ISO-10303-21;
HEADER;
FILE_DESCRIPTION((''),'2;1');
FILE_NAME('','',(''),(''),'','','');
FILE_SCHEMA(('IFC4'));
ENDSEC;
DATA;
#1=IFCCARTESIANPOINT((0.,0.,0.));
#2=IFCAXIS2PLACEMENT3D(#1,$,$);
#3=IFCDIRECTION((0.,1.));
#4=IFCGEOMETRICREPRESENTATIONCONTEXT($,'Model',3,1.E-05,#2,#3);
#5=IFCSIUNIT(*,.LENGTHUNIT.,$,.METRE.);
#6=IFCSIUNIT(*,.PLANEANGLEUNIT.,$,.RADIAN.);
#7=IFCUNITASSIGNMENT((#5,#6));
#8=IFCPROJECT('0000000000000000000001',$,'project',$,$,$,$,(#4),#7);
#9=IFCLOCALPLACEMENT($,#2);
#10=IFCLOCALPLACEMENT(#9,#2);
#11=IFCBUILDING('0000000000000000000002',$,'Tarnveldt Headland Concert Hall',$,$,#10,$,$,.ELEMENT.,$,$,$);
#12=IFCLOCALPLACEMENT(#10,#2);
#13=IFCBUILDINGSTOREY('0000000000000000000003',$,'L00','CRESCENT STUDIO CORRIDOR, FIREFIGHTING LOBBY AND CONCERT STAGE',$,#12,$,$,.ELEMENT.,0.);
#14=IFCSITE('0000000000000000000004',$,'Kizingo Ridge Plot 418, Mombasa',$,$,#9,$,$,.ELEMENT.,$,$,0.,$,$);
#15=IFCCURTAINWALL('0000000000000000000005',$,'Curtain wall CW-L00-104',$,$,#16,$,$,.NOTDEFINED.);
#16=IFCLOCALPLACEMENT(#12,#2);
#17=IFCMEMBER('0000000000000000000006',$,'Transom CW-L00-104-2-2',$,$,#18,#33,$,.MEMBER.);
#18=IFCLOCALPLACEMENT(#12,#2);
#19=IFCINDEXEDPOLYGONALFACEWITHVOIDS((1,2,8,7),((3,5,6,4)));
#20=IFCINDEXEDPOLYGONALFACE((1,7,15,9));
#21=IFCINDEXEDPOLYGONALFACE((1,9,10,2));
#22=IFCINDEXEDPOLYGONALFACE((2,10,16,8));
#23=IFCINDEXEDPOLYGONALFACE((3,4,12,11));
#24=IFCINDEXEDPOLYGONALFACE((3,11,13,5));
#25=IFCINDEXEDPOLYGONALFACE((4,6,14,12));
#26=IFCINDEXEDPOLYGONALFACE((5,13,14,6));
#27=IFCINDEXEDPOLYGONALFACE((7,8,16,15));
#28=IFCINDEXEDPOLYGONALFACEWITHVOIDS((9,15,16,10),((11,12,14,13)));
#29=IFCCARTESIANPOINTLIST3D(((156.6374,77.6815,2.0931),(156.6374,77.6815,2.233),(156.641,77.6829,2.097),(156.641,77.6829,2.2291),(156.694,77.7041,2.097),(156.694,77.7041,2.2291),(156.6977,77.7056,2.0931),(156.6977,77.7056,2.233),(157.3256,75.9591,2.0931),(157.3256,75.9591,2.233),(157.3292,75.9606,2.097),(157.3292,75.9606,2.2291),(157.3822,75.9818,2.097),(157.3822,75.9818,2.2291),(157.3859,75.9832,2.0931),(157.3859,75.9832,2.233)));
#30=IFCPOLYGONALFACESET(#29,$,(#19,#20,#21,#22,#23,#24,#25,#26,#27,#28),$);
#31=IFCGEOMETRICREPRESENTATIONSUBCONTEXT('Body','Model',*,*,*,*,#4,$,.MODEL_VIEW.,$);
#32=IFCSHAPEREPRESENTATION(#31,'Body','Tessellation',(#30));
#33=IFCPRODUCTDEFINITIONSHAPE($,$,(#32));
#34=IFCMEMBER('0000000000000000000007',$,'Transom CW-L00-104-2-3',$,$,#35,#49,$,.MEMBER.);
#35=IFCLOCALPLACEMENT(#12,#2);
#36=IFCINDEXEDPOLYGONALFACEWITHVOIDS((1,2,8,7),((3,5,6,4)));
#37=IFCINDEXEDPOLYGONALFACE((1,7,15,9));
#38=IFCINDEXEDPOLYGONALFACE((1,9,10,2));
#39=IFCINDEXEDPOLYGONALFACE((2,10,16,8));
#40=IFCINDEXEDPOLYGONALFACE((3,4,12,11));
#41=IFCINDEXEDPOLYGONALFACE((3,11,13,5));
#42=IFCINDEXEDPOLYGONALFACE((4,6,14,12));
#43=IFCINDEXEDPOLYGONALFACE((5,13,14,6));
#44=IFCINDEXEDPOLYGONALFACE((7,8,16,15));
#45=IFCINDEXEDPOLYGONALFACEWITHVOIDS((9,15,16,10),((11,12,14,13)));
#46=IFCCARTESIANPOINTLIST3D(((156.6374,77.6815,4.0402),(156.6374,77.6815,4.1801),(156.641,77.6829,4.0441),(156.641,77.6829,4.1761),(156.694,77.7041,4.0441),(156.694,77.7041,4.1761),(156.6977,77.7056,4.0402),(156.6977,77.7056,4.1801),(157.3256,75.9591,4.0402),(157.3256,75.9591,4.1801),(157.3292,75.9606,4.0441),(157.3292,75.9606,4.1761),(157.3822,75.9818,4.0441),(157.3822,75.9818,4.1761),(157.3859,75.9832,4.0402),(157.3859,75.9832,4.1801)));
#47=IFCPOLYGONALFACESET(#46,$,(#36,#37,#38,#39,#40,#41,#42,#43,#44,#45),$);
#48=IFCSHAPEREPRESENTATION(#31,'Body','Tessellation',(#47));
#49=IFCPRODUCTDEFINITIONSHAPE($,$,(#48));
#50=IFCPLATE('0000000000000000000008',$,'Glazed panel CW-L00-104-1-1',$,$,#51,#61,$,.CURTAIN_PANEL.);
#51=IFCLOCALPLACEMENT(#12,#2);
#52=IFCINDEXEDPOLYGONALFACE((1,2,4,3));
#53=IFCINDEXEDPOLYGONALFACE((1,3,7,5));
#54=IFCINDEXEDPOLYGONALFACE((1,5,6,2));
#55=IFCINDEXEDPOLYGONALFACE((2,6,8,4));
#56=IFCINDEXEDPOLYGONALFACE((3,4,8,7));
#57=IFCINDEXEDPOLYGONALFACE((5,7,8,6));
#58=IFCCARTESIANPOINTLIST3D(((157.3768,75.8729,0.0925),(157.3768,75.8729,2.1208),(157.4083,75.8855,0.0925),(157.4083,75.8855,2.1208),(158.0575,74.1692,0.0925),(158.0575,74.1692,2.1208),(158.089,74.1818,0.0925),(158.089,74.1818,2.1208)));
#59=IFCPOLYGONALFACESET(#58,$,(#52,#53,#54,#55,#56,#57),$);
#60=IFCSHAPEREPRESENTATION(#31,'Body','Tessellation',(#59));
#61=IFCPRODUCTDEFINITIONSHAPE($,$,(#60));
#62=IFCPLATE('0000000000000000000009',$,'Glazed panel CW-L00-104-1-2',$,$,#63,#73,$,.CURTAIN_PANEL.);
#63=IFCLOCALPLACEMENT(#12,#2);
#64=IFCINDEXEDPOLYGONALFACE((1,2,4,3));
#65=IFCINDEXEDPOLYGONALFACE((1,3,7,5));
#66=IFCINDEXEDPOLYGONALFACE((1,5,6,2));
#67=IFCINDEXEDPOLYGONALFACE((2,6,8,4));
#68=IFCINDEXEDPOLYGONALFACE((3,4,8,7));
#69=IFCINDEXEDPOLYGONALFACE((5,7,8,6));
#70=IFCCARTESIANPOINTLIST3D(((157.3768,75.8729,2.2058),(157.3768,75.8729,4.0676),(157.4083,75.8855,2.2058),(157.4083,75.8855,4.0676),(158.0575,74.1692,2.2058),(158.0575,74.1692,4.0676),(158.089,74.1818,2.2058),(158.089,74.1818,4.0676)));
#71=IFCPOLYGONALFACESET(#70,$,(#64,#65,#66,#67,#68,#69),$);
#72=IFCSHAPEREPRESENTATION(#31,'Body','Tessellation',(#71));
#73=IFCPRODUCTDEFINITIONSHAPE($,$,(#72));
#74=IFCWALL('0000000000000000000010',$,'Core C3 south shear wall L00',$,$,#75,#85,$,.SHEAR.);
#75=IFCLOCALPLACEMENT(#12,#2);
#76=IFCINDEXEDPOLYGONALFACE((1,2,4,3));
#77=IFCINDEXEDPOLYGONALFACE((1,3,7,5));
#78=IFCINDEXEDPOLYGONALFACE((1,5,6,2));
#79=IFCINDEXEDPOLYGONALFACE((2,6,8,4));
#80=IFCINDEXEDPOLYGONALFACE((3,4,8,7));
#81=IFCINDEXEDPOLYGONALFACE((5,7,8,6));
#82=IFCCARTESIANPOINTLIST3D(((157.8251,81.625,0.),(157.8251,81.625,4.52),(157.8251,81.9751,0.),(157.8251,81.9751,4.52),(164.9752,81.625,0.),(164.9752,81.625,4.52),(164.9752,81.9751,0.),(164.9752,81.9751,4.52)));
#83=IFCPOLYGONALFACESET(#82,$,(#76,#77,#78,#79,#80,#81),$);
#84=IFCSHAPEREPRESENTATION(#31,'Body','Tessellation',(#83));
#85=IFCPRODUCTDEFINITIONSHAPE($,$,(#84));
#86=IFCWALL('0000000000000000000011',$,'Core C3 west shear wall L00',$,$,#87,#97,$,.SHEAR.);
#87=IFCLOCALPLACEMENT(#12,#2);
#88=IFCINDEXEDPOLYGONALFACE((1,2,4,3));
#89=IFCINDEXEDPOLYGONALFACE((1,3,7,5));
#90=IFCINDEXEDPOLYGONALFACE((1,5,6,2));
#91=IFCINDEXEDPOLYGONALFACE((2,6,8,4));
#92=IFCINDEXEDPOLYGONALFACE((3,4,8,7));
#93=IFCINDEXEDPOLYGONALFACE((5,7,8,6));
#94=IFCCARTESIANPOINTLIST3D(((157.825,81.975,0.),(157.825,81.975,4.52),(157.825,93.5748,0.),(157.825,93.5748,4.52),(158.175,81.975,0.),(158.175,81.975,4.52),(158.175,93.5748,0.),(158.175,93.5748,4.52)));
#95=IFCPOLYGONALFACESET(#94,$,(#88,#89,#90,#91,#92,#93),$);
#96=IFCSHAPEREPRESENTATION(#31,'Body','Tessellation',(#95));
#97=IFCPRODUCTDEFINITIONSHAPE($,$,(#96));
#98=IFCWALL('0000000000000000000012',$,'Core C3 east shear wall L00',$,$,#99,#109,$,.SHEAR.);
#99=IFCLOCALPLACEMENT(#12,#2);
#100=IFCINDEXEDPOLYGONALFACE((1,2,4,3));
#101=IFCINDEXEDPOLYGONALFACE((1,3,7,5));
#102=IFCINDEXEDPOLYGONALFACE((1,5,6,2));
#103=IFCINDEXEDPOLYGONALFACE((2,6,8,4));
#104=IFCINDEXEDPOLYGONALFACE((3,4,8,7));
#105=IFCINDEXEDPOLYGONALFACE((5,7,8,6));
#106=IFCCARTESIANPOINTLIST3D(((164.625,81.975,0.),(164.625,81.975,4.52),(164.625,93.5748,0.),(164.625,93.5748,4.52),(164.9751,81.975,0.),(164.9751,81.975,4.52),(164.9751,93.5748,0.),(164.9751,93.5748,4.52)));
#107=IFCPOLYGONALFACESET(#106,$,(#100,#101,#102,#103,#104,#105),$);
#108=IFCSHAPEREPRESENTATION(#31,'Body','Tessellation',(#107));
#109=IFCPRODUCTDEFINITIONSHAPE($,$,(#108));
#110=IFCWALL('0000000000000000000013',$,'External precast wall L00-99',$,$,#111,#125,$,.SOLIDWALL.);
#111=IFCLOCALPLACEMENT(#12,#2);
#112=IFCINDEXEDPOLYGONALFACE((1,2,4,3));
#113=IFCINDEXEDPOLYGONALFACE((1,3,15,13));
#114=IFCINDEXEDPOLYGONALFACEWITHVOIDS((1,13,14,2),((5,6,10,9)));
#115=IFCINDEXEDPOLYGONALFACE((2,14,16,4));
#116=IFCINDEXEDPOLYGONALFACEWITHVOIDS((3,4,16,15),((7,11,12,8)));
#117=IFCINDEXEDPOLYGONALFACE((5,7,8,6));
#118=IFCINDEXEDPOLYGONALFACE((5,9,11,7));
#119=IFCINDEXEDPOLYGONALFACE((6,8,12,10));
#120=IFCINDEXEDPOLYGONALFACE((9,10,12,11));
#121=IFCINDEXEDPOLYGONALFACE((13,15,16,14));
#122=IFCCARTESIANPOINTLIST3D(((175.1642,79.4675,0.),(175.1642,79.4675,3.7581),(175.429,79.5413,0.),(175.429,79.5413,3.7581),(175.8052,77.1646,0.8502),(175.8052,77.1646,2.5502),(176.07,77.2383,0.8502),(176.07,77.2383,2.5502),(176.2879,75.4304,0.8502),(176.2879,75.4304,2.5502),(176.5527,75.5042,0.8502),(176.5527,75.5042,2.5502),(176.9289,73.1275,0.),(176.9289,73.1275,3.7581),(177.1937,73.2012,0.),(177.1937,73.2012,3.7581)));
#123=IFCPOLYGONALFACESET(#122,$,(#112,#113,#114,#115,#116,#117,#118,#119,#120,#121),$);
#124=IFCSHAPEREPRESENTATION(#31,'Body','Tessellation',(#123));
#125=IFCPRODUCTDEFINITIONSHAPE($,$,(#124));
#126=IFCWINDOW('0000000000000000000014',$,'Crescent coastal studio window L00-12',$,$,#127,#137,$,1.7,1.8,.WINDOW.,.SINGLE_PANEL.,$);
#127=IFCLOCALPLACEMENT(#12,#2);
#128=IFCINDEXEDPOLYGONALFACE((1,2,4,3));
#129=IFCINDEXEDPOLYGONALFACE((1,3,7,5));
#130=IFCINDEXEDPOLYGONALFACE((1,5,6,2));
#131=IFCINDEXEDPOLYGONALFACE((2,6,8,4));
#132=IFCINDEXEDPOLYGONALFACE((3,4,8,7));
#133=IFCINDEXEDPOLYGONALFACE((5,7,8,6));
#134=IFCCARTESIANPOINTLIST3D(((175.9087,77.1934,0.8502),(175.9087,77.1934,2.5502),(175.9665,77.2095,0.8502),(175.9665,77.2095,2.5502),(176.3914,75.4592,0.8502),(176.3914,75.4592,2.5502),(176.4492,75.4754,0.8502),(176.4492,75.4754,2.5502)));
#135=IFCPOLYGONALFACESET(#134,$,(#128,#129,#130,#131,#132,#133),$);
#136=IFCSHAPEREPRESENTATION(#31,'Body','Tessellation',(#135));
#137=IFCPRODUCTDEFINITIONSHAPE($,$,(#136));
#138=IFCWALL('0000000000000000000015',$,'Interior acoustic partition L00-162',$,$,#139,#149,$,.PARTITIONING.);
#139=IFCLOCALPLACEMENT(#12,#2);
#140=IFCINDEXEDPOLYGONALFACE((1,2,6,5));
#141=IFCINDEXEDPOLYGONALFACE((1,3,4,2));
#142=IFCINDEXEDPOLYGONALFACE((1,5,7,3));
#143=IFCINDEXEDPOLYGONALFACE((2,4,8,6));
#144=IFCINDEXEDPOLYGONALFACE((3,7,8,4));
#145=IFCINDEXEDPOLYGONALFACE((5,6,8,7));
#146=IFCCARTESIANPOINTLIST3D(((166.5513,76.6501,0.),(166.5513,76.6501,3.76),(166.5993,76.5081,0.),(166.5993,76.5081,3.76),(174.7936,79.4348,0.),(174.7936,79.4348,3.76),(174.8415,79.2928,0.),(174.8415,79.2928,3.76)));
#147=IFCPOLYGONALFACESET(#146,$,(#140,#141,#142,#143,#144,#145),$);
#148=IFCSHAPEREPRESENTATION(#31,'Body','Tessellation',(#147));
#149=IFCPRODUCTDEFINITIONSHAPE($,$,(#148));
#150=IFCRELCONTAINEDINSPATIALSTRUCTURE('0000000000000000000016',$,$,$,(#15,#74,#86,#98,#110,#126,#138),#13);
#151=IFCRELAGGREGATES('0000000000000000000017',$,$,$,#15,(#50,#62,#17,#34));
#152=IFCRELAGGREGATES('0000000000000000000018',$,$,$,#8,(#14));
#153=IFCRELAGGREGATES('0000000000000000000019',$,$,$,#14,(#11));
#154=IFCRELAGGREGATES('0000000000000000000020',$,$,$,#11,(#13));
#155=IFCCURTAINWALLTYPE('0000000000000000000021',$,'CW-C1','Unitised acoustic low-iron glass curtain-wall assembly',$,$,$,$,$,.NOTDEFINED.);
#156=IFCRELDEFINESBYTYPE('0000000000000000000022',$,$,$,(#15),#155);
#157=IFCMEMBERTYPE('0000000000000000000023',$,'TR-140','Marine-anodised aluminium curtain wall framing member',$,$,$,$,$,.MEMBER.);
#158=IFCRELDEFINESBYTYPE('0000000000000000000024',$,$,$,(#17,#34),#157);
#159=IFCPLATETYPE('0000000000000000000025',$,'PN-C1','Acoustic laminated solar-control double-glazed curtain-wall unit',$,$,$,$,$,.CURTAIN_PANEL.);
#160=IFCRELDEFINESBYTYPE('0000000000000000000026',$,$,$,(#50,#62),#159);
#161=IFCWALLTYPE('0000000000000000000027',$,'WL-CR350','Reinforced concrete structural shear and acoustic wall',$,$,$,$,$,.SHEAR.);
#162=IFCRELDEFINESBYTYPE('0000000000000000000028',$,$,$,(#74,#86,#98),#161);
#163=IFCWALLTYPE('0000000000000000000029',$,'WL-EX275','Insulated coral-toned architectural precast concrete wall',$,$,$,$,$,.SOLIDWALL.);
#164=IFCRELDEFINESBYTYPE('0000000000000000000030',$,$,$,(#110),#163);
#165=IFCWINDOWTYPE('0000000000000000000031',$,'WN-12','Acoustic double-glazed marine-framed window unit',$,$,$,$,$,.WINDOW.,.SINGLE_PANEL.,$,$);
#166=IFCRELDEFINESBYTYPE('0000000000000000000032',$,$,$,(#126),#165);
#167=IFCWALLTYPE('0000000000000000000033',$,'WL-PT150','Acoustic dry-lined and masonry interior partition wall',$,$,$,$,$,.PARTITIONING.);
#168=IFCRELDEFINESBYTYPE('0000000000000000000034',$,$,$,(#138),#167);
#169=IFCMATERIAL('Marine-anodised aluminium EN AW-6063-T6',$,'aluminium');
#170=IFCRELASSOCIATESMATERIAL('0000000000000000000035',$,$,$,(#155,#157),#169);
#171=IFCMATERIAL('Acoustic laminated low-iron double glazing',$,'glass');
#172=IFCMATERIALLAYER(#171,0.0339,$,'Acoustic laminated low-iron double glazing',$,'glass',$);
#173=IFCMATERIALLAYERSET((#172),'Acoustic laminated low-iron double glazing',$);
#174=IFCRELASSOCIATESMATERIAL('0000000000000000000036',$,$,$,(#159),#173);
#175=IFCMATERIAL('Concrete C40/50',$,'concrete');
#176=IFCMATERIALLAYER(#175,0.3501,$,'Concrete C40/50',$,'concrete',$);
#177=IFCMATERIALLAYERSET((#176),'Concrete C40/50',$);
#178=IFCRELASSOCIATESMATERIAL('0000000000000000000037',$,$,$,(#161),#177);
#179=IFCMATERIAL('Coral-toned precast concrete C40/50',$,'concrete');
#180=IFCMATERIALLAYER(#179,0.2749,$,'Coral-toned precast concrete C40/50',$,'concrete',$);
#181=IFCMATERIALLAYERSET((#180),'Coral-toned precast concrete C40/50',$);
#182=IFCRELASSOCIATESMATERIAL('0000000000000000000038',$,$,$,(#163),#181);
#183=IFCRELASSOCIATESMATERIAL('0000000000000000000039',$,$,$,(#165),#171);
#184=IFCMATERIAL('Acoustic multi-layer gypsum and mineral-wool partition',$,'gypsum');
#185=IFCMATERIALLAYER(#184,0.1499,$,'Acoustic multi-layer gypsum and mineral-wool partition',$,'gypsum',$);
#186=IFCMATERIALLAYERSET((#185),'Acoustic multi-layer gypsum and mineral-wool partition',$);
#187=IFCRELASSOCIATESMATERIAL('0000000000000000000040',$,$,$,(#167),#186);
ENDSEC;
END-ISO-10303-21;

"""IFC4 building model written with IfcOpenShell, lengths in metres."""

from ifc_helpers import new_model, si_unit, direction, frame, frame_2d, origin, origin_2d, place, context, subcontext, project, spatial, rectangle, hollow_rectangle, extrude, material, layer, layer_set, material_profile, profile_set, type_object, element, fill, aggregate, save


model = new_model("IFC4")

# Units and contexts
model_context = context("Model", 3, precision=1e-05, world=origin(), true_north=direction((0.0, 1.0)))
body_context = subcontext(model_context, "Body", "Model", "MODEL_VIEW")
ifc_project = project(units=[si_unit("LENGTHUNIT", "METRE"), si_unit("PLANEANGLEUNIT", "RADIAN")], contexts=[model_context])

# Site, building, storey
site_placement = place(None, origin())
site = spatial("IfcSite", under=ifc_project, at=site_placement, Name="Kizingo Ridge Plot 418, Mombasa", CompositionType="ELEMENT", RefElevation=0.0)
building_placement = place(site_placement, origin())
building = spatial("IfcBuilding", under=site, at=building_placement, Name="Tarnveldt Headland Concert Hall", CompositionType="ELEMENT")
storey_placement = place(building_placement, origin())
storey = spatial("IfcBuildingStorey", under=building, at=storey_placement, Name="L00", Description="CRESCENT STUDIO CORRIDOR, FIREFIGHTING LOBBY AND CONCERT STAGE", CompositionType="ELEMENT", Elevation=0.0)

# Shared definitions
ifc_material_1 = material(Name="Concrete C40/50", Category="concrete")

# Curtain wall
ifc_material_2 = material(Name="Marine-anodised aluminium EN AW-6063-T6", Category="aluminium")
curtain_wall_type = type_object("IfcCurtainWallType", Name="CW-C1", Description="Unitised acoustic low-iron glass curtain-wall assembly", PredefinedType="NOTDEFINED", material=ifc_material_2)
curtain_wall_placement = place(storey_placement, origin())
curtain_wall = element("IfcCurtainWall", 1, at=curtain_wall_placement, inside=storey, type_object=curtain_wall_type, Name="Curtain wall CW-L00-104", PredefinedType="NOTDEFINED")

# Members
ifc_material_profile_1 = material_profile(ifc_material_2, hollow_rectangle(XDim=0.0649, YDim=0.1399, WallThickness=0.0039, at=origin_2d()), Name="ALU TRANSOM 65x140x4", Category="aluminium")
ifc_profile_set_1 = profile_set([ifc_material_profile_1], Name="Marine-anodised aluminium EN AW-6063-T6")
member_type_1 = type_object("IfcMemberType", Name="TR-140", Description="Marine-anodised aluminium curtain wall framing member", PredefinedType="MEMBER", material=ifc_profile_set_1)
member_1_placement = place(storey_placement, frame((157.3557, 75.9712, 2.1631), z_axis=(-0.37105, 0.928613, 0.0), x_axis=(-0.928613, -0.37105, 0.0)))
member_1 = element("IfcMember", 2, at=member_1_placement, type_object=member_type_1, Name="Transom CW-L00-104-2-2", PredefinedType="MEMBER", context=body_context, shape_type="SweptSolid", body=[
    extrude(hollow_rectangle(XDim=0.0649, YDim=0.1399, WallThickness=0.0039, at=origin_2d()), origin(), (0.0, 0.0, 1.0), 1.8547),
])
member_2_placement = place(storey_placement, frame((157.3557, 75.9712, 4.1101), z_axis=(-0.37105, 0.928613, 0.0), x_axis=(-0.928613, -0.37105, 0.0)))
member_2 = element("IfcMember", 3, at=member_2_placement, type_object=member_type_1, Name="Transom CW-L00-104-2-3", PredefinedType="MEMBER", context=body_context, shape_type="SweptSolid", body=[
    extrude(hollow_rectangle(XDim=0.0649, YDim=0.1399, WallThickness=0.0039, at=origin_2d()), origin(), (0.0, 0.0, 1.0), 1.8547),
])

# Plates
ifc_material_3 = material(Name="Acoustic laminated low-iron double glazing", Category="glass")
ifc_layer_1 = layer(ifc_material_3, 0.0339, Name="Acoustic laminated low-iron double glazing", Category="glass")
ifc_layer_set_1 = layer_set([ifc_layer_1], Name="Acoustic laminated low-iron double glazing")
plate_type = type_object("IfcPlateType", Name="PN-C1", Description="Acoustic laminated solar-control double-glazed curtain-wall unit", PredefinedType="CURTAIN_PANEL", material=ifc_layer_set_1)
plate_1_placement = place(storey_placement, frame((157.7329, 75.0273, 0.0925), z_axis=(0.0, 0.0, 1.0), x_axis=(-0.371028, 0.928622, 0.0)))
plate_1 = element("IfcPlate", 4, at=plate_1_placement, type_object=plate_type, Name="Glazed panel CW-L00-104-1-1", PredefinedType="CURTAIN_PANEL", context=body_context, shape_type="SweptSolid", body=[
    extrude(rectangle(XDim=1.8347, YDim=0.0339, at=origin_2d()), origin(), (0.0, 0.0, 1.0), 2.0283),
])
plate_2_placement = place(storey_placement, frame((157.7329, 75.0273, 2.2058), z_axis=(0.0, 0.0, 1.0), x_axis=(-0.371028, 0.928622, 0.0)))
plate_2 = element("IfcPlate", 5, at=plate_2_placement, type_object=plate_type, Name="Glazed panel CW-L00-104-1-2", PredefinedType="CURTAIN_PANEL", context=body_context, shape_type="SweptSolid", body=[
    extrude(rectangle(XDim=1.8347, YDim=0.0339, at=origin_2d()), origin(), (0.0, 0.0, 1.0), 1.8618),
])
aggregate(curtain_wall, [plate_1, plate_2, member_1, member_2])

# Walls
ifc_layer_2 = layer(ifc_material_1, 0.3501, Name="Concrete C40/50", Category="concrete")
ifc_layer_set_2 = layer_set([ifc_layer_2], Name="Concrete C40/50")
wall_type_1 = type_object("IfcWallType", Name="WL-CR350", Description="Reinforced concrete structural shear and acoustic wall", PredefinedType="SHEAR", material=ifc_layer_set_2)
wall_1_placement = place(storey_placement, frame((157.825, 81.8, 0.0), z_axis=(0.0, 0.0, 1.0), x_axis=(1.0, 0.0, 0.0)))
element("IfcWall", 6, at=wall_1_placement, inside=storey, type_object=wall_type_1, Name="Core C3 south shear wall L00", PredefinedType="SHEAR", context=body_context, shape_type="SweptSolid", body=[
    extrude(rectangle(XDim=7.1501, YDim=0.3501, at=frame_2d((3.5752, 0.0))), origin(), (0.0, 0.0, 1.0), 4.52),
])
for number, where, z_axis, x_axis, name in (
    (7, (158.0, 81.9751, 0.0), (0.0, 0.0, 1.0), (0.0, 1.0, 0.0), "Core C3 west shear wall L00"),
    (8, (164.8, 81.9751, 0.0), (0.0, 0.0, 1.0), (0.0, 1.0, 0.0), "Core C3 east shear wall L00"),
):
    element("IfcWall", number, at=place(storey_placement, frame(where, z_axis=z_axis, x_axis=x_axis)), inside=storey, type_object=wall_type_1, Name=name, PredefinedType="SHEAR", context=body_context, shape_type="SweptSolid", body=[
        extrude(rectangle(XDim=11.5999, YDim=0.3501, at=frame_2d((5.7998, 0.0))), origin(), (0.0, 0.0, 1.0), 4.52),
    ])

# Wall, opening, window
ifc_material_4 = material(Name="Coral-toned precast concrete C40/50", Category="concrete")
ifc_layer_3 = layer(ifc_material_4, 0.2749, Name="Coral-toned precast concrete C40/50", Category="concrete")
ifc_layer_set_3 = layer_set([ifc_layer_3], Name="Coral-toned precast concrete C40/50")
wall_type_2 = type_object("IfcWallType", Name="WL-EX275", Description="Insulated coral-toned architectural precast concrete wall", PredefinedType="SOLIDWALL", material=ifc_layer_set_3)
wall_2_placement = place(storey_placement, frame((175.2966, 79.5044, 0.0), z_axis=(0.0, 0.0, 1.0), x_axis=(0.268139, -0.96338, 0.0)))
wall_2 = element("IfcWall", 9, at=wall_2_placement, inside=storey, type_object=wall_type_2, Name="External precast wall L00-99", PredefinedType="SOLIDWALL", context=body_context, shape_type="SweptSolid", body=[
    extrude(rectangle(XDim=6.5811, YDim=0.2749, at=frame_2d((3.2905, 0.0))), origin(), (0.0, 0.0, 1.0), 3.7581),
])
opening_1_placement = place(wall_2_placement, frame((2.3906, 0.0, 0.8501)))
opening_1 = element("IfcOpeningElement", 10, at=opening_1_placement, cuts=wall_2, PredefinedType="OPENING", context=body_context, shape_type="SweptSolid", body=[
    extrude(rectangle(XDim=1.8, YDim=1.7, at=frame_2d((0.8999, 0.8501))), frame((0.0, 0.1475, 0.0), z_axis=(0.0, -1.0, 0.0), x_axis=(1.0, 0.0, 0.0)), (0.0, 0.0, 1.0), 0.2949),
])
window_type = type_object("IfcWindowType", Name="WN-12", Description="Acoustic double-glazed marine-framed window unit", PartitioningType="SINGLE_PANEL", PredefinedType="WINDOW", material=ifc_material_3)
window_placement = place(opening_1_placement, origin())
window = element("IfcWindow", 11, at=window_placement, inside=storey, type_object=window_type, Name="Crescent coastal studio window L00-12", OverallHeight=1.7, OverallWidth=1.8, PartitioningType="SINGLE_PANEL", PredefinedType="WINDOW", context=body_context, shape_type="SweptSolid", body=[
    extrude(rectangle(XDim=1.8, YDim=1.7, at=frame_2d((0.8999, 0.8501))), frame((0.0, 0.03, 0.0), z_axis=(0.0, -1.0, 0.0), x_axis=(1.0, 0.0, 0.0)), (0.0, 0.0, 1.0), 0.0601),
])
fill(opening_1, window)

# Wall
ifc_material_5 = material(Name="Acoustic multi-layer gypsum and mineral-wool partition", Category="gypsum")
ifc_layer_4 = layer(ifc_material_5, 0.1499, Name="Acoustic multi-layer gypsum and mineral-wool partition", Category="gypsum")
ifc_layer_set_4 = layer_set([ifc_layer_4], Name="Acoustic multi-layer gypsum and mineral-wool partition")
wall_type_3 = type_object("IfcWallType", Name="WL-PT150", Description="Acoustic dry-lined and masonry interior partition wall", PredefinedType="PARTITIONING", material=ifc_layer_set_4)
wall_3_placement = place(storey_placement, frame((166.5752, 76.5791, 0.0), z_axis=(0.0, 0.0, 1.0), x_axis=(0.94739, 0.320081, 0.0)))
element("IfcWall", 12, at=wall_3_placement, inside=storey, type_object=wall_type_3, Name="Interior acoustic partition L00-162", PredefinedType="PARTITIONING", context=body_context, shape_type="SweptSolid", body=[
    extrude(rectangle(XDim=8.7, YDim=0.1499, at=frame_2d((4.3501, 0.0))), origin(), (0.0, 0.0, 1.0), 3.76),
])

save(model, "model.ifc")
